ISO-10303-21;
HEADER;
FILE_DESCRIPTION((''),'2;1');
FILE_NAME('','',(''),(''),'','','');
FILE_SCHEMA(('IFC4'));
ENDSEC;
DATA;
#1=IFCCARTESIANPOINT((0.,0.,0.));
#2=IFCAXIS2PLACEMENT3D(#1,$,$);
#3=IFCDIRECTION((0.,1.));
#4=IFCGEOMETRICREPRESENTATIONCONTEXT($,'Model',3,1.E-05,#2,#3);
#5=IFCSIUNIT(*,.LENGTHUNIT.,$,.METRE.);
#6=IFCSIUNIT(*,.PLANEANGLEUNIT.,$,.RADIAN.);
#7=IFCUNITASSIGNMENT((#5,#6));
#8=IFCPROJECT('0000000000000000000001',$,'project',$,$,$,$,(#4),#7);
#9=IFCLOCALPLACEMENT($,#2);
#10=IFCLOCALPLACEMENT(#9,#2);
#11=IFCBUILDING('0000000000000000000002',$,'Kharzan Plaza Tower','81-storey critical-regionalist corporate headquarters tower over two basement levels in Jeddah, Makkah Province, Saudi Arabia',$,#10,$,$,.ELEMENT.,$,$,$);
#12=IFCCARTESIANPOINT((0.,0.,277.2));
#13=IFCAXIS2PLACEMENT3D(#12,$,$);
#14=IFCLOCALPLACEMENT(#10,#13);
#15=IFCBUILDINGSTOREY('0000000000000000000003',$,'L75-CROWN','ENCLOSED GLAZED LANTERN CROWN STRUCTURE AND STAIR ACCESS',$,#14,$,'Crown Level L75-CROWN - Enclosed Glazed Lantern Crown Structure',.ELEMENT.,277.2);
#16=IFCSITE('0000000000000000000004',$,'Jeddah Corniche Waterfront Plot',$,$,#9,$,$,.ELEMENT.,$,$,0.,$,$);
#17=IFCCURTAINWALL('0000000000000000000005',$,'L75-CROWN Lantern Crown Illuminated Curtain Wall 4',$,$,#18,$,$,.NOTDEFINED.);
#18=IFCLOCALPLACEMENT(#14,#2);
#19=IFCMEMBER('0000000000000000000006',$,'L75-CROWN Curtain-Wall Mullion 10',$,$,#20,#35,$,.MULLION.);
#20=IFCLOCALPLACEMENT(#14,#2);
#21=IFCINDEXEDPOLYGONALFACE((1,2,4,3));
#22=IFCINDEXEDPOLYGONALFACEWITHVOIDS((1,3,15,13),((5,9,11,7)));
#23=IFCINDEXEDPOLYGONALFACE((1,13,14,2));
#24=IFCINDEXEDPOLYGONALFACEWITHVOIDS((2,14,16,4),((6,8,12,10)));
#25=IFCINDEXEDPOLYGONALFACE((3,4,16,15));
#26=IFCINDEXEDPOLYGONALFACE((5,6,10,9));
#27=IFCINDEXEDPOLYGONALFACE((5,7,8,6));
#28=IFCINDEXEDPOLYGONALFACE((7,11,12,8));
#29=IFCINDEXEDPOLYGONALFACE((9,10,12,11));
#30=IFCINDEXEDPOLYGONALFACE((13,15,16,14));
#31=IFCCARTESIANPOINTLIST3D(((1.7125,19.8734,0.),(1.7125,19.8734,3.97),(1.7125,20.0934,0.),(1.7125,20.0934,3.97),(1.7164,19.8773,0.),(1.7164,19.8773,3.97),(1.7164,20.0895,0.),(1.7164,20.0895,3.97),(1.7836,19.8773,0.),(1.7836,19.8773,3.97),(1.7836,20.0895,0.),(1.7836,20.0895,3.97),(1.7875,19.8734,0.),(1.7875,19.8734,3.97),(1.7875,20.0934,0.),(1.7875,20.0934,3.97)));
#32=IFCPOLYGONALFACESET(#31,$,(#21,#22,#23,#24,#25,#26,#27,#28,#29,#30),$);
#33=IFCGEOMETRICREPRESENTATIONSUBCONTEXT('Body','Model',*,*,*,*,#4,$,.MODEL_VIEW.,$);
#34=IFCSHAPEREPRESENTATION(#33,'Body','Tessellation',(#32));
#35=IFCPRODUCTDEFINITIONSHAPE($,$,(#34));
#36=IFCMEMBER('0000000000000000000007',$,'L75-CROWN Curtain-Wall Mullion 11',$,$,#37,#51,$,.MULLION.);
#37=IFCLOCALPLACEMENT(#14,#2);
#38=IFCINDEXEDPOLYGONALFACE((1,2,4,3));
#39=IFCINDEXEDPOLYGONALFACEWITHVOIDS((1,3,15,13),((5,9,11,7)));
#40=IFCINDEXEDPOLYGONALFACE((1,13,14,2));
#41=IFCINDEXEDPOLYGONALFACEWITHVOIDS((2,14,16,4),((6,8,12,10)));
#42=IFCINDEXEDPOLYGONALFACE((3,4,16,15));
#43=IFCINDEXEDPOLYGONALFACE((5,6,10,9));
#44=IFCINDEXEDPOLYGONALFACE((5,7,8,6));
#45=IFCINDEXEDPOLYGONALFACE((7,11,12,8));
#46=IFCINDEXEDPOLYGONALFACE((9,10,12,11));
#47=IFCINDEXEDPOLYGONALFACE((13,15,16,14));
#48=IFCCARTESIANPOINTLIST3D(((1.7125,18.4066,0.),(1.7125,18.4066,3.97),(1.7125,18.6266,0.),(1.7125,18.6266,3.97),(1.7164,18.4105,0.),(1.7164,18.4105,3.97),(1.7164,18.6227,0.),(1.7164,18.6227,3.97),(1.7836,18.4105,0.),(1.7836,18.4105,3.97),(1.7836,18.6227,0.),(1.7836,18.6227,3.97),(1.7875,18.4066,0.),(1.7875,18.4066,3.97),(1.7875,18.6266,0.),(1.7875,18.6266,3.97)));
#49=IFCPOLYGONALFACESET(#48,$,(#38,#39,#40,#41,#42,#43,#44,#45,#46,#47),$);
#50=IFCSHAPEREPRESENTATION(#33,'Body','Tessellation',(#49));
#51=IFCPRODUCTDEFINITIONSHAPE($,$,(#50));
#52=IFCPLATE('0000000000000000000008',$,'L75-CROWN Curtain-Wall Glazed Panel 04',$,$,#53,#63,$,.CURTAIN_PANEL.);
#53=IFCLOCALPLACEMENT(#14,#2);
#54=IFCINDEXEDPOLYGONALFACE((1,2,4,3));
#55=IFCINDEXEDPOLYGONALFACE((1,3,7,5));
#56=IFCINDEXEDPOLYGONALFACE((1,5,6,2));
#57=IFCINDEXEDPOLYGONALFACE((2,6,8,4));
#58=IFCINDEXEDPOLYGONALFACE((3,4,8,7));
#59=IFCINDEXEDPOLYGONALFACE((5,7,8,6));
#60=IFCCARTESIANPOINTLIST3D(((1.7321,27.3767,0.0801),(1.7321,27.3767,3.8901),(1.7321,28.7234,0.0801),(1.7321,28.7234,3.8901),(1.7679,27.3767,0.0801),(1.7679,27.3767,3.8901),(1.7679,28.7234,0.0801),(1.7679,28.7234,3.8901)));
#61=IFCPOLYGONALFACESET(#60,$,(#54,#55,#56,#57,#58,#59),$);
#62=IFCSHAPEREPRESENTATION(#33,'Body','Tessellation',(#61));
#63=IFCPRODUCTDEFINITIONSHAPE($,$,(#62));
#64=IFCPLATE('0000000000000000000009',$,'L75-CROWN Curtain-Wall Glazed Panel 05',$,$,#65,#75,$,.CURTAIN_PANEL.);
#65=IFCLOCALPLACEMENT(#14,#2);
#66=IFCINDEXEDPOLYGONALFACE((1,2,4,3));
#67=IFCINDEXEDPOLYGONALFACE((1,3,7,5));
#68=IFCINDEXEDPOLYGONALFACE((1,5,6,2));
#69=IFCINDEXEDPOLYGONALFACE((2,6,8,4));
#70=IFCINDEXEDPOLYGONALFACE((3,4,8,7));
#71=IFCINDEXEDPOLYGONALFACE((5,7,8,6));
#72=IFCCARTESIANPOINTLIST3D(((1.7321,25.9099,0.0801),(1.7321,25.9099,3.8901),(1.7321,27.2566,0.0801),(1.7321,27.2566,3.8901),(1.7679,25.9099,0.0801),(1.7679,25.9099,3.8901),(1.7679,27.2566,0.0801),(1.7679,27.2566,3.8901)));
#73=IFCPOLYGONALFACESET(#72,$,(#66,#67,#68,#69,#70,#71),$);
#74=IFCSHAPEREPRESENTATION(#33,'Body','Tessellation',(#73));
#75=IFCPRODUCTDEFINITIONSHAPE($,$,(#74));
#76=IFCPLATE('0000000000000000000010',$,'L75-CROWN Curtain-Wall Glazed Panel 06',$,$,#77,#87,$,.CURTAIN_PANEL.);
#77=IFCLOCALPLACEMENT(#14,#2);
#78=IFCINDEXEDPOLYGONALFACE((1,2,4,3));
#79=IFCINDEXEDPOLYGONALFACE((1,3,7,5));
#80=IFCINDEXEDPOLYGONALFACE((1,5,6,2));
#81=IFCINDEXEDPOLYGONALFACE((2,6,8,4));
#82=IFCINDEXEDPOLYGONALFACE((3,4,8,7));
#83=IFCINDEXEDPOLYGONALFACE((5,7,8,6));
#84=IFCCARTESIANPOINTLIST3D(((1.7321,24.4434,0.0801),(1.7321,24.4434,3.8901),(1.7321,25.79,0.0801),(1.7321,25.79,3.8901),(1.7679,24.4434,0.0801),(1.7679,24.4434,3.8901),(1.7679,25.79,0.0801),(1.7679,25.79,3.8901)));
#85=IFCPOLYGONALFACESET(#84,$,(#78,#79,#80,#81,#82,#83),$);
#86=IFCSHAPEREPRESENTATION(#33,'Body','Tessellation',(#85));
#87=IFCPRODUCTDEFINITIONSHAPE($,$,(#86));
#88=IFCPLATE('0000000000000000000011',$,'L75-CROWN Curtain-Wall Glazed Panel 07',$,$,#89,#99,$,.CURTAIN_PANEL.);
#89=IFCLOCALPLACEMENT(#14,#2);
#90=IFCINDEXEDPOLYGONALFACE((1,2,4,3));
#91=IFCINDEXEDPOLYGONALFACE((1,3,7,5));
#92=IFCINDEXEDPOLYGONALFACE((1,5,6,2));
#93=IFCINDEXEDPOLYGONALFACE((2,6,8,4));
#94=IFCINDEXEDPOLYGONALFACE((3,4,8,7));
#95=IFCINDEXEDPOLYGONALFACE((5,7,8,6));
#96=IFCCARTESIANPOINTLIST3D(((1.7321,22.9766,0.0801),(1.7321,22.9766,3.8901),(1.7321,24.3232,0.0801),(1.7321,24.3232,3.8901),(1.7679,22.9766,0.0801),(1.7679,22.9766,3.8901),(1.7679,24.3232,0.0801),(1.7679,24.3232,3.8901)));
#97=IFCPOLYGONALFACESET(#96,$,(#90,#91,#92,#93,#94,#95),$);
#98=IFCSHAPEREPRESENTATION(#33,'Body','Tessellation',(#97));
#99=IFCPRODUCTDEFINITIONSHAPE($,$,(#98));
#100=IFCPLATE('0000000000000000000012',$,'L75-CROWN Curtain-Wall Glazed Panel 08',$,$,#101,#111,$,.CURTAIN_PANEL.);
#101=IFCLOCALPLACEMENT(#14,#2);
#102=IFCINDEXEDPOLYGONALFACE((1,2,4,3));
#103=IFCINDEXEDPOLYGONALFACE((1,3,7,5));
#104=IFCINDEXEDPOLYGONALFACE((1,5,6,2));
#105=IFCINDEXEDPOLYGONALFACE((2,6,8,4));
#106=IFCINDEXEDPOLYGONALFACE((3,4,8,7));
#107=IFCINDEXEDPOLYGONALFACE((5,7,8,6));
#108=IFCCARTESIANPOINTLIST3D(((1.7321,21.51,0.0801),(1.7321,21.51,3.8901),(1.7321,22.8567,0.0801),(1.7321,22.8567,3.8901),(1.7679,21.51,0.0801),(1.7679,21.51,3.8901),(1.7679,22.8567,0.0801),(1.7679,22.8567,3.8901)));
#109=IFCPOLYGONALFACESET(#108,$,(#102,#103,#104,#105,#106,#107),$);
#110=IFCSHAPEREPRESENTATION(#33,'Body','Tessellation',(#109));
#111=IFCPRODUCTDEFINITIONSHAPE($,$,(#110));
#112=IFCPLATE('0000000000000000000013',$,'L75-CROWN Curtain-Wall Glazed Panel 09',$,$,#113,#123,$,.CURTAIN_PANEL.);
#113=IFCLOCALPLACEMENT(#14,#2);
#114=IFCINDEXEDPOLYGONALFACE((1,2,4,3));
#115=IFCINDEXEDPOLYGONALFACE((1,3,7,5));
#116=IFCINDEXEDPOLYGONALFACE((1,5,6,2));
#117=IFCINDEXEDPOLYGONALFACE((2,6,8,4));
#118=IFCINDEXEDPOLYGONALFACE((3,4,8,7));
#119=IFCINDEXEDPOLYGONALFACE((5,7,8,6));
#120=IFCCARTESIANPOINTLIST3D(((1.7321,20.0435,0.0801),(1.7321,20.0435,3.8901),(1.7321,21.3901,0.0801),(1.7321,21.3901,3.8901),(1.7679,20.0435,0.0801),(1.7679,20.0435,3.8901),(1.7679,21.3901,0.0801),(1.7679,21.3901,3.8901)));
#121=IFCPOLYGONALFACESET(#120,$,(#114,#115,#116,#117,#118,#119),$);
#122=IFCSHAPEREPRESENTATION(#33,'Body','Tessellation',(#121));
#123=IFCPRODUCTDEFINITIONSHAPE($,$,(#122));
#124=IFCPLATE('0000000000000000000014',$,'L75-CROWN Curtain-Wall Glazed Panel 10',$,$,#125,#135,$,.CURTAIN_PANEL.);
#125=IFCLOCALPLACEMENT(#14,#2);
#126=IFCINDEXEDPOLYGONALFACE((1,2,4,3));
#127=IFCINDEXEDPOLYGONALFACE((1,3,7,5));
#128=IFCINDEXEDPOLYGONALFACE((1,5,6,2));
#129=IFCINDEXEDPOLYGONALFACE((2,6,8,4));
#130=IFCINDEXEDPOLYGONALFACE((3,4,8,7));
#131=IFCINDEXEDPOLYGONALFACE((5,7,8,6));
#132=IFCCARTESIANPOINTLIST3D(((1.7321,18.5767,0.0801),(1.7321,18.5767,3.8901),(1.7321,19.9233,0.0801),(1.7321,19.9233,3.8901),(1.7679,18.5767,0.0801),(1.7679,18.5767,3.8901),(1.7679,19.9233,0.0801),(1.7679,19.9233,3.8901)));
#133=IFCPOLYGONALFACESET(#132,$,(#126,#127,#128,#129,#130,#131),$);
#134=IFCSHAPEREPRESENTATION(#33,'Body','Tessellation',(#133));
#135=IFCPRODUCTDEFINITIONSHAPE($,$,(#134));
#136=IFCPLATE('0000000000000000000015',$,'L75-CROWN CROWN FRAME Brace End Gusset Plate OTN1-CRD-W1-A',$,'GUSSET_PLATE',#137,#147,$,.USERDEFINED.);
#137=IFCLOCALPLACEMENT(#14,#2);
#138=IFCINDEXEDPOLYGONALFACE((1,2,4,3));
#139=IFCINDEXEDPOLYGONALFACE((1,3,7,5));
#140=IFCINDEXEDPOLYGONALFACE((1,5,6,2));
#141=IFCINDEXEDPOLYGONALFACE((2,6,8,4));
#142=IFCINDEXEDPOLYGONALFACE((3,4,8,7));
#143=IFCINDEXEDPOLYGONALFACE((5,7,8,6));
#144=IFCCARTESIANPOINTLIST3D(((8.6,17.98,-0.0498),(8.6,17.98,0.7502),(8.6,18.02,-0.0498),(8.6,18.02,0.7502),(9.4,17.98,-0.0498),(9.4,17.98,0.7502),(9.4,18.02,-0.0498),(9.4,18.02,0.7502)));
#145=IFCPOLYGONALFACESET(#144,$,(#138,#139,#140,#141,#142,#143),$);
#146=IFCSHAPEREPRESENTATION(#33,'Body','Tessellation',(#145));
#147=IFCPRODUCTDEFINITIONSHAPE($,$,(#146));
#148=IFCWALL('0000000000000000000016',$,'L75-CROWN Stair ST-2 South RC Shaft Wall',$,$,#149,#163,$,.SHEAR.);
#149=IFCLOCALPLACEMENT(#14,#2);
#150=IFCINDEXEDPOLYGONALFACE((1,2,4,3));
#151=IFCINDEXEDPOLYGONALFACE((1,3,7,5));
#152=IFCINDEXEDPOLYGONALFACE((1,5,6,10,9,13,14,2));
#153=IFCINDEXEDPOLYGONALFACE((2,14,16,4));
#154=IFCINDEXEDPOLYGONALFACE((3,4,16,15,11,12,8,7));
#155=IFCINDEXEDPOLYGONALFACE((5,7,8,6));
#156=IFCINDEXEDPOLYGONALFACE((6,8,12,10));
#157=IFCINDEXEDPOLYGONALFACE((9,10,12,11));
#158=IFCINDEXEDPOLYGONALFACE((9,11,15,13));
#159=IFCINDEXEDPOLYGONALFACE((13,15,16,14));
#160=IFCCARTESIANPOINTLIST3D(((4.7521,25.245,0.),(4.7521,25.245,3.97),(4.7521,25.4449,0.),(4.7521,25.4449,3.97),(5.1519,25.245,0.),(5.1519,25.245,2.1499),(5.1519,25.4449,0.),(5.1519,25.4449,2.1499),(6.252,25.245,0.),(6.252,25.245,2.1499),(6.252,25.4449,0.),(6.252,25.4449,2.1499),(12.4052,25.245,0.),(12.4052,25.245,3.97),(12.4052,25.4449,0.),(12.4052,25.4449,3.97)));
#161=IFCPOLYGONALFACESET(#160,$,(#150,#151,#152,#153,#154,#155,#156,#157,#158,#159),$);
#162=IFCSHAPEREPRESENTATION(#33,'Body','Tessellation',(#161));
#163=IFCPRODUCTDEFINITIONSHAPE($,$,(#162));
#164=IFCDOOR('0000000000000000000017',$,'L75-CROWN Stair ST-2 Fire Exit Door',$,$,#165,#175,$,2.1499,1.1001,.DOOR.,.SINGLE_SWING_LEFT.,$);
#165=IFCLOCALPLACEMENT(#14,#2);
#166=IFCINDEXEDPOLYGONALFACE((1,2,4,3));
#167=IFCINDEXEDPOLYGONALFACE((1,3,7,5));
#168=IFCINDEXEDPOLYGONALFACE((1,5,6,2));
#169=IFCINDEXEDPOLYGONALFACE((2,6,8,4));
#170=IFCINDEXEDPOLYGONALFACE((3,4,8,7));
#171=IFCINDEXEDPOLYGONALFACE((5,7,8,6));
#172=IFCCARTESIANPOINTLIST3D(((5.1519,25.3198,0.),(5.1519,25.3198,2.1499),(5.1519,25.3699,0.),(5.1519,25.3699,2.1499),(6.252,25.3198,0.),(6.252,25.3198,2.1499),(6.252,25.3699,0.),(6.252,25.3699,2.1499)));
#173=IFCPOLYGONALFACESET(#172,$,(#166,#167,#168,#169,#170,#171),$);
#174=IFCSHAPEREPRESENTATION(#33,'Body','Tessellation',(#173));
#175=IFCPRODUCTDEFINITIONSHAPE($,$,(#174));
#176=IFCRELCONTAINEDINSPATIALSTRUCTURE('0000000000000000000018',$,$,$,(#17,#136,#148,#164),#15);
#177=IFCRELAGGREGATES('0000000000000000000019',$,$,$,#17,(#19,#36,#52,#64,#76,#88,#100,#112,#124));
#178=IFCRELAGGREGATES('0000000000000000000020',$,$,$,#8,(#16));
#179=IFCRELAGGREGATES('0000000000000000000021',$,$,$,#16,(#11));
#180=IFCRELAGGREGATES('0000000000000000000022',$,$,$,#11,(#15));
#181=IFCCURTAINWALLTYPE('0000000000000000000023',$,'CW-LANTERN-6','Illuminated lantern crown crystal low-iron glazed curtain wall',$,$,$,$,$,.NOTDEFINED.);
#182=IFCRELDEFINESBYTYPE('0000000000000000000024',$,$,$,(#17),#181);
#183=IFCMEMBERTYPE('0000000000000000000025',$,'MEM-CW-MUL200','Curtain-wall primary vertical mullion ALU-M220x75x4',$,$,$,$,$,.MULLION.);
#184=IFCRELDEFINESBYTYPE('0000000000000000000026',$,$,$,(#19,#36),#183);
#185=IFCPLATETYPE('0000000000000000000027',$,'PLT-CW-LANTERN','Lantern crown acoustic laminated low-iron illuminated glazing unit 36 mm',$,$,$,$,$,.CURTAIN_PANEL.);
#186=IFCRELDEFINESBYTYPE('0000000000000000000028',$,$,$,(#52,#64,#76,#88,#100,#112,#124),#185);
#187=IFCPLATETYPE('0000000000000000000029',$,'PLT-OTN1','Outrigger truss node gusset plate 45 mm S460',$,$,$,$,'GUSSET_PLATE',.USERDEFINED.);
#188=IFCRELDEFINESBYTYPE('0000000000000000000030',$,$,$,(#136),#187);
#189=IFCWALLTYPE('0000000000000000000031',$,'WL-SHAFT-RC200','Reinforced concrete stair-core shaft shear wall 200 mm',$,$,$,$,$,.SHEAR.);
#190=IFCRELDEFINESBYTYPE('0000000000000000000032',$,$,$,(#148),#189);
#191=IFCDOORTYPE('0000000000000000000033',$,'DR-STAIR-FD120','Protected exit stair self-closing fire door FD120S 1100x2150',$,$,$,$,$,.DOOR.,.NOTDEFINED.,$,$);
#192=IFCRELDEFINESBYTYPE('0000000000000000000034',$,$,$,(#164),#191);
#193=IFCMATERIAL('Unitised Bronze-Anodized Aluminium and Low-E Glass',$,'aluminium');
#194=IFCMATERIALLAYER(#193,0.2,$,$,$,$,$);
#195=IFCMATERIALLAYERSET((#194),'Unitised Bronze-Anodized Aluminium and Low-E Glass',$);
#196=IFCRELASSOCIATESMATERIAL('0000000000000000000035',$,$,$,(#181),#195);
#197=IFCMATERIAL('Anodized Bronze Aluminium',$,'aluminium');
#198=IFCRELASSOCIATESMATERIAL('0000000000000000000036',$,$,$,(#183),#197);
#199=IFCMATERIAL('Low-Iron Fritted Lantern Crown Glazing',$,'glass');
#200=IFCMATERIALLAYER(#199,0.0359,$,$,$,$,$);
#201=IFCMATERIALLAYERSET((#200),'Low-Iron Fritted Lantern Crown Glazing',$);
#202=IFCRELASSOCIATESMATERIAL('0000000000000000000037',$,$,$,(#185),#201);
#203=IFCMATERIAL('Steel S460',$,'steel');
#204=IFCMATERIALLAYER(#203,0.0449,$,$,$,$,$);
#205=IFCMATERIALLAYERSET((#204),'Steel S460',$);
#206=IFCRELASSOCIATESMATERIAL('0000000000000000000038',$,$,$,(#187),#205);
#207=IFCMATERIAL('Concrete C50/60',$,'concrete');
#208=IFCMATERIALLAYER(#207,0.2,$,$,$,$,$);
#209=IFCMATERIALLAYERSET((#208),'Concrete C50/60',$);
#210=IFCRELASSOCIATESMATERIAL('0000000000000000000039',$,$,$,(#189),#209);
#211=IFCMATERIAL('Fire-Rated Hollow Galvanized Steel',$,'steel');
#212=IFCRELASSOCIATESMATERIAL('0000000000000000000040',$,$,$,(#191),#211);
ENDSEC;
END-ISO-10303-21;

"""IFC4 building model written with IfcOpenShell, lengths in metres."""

from ifc_helpers import new_model, si_unit, direction, frame, frame_2d, origin, origin_2d, place, context, subcontext, project, spatial, rectangle, hollow_rectangle, extrude, source, transform, mapped, material, layer, layer_set, material_profile, profile_set, type_object, element, fill, aggregate, save


model = new_model("IFC4")

# Units and contexts
model_context = context("Model", 3, precision=1e-05, world=origin(), true_north=direction((0.0, 1.0)))
body_context = subcontext(model_context, "Body", "Model", "MODEL_VIEW")
ifc_project = project(units=[si_unit("LENGTHUNIT", "METRE"), si_unit("PLANEANGLEUNIT", "RADIAN")], contexts=[model_context])

# Site, building, storey
site_placement = place(None, origin())
site = spatial("IfcSite", under=ifc_project, at=site_placement, Name="Jeddah Corniche Waterfront Plot", CompositionType="ELEMENT", RefElevation=0.0)
building_placement = place(site_placement, origin())
building = spatial("IfcBuilding", under=site, at=building_placement, Name="Kharzan Plaza Tower", Description="81-storey critical-regionalist corporate headquarters tower over two basement levels in Jeddah, Makkah Province, Saudi Arabia", CompositionType="ELEMENT")
storey_placement = place(building_placement, frame((0.0, 0.0, 277.2)))
storey = spatial("IfcBuildingStorey", under=building, at=storey_placement, Name="L75-CROWN", Description="ENCLOSED GLAZED LANTERN CROWN STRUCTURE AND STAIR ACCESS", LongName="Crown Level L75-CROWN - Enclosed Glazed Lantern Crown Structure", CompositionType="ELEMENT", Elevation=277.2)

# Curtain wall, members, plates
ifc_material_1 = material(Name="Unitised Bronze-Anodized Aluminium and Low-E Glass", Category="aluminium")
ifc_layer_1 = layer(ifc_material_1, 0.2)
ifc_layer_set_1 = layer_set([ifc_layer_1], Name="Unitised Bronze-Anodized Aluminium and Low-E Glass")
curtain_wall_type = type_object("IfcCurtainWallType", Name="CW-LANTERN-6", Description="Illuminated lantern crown crystal low-iron glazed curtain wall", PredefinedType="NOTDEFINED", material=ifc_layer_set_1)
curtain_wall_placement = place(storey_placement, origin())
curtain_wall = element("IfcCurtainWall", 1, at=curtain_wall_placement, inside=storey, type_object=curtain_wall_type, Name="L75-CROWN Lantern Crown Illuminated Curtain Wall 4", PredefinedType="NOTDEFINED")
ifc_material_2 = material(Name="Anodized Bronze Aluminium", Category="aluminium")
ifc_material_profile_1 = material_profile(ifc_material_2, hollow_rectangle(XDim=0.075, YDim=0.22, WallThickness=0.0039, at=origin_2d()), Name="ALU-M220x75x4")
ifc_profile_set_1 = profile_set([ifc_material_profile_1], Name="Anodized Bronze Aluminium")
member_type_1 = type_object("IfcMemberType", Name="MEM-CW-MUL200", Description="Curtain-wall primary vertical mullion ALU-M220x75x4", PredefinedType="MULLION", material=ifc_profile_set_1)
shared_shape_1 = source(origin(), body_context, "Body", "SweptSolid", [
    extrude(hollow_rectangle(XDim=0.075, YDim=0.22, WallThickness=0.0039, at=origin_2d()), origin(), (0.0, 0.0, 1.0), 3.97),
])
member_1_placement = place(storey_placement, frame((1.75, 19.9834, 0.0), z_axis=(0.0, 0.0, 1.0), x_axis=(1.0, 0.0, 0.0)))
member_1 = element("IfcMember", 2, at=member_1_placement, type_object=member_type_1, Name="L75-CROWN Curtain-Wall Mullion 10", PredefinedType="MULLION", context=body_context, shape_type="MappedRepresentation", body=[
    mapped(shared_shape_1, transform((0.0, 0.0, 0.0), x_axis=(1.0, 0.0, 0.0), y_axis=(0.0, 1.0, 0.0), z_axis=(0.0, 0.0, 1.0))),
])
member_2_placement = place(storey_placement, frame((1.75, 18.5166, 0.0), z_axis=(0.0, 0.0, 1.0), x_axis=(1.0, 0.0, 0.0)))
member_2 = element("IfcMember", 3, at=member_2_placement, type_object=member_type_1, Name="L75-CROWN Curtain-Wall Mullion 11", PredefinedType="MULLION", context=body_context, shape_type="MappedRepresentation", body=[
    mapped(shared_shape_1, transform((0.0, 0.0, 0.0), x_axis=(1.0, 0.0, 0.0), y_axis=(0.0, 1.0, 0.0), z_axis=(0.0, 0.0, 1.0))),
])
ifc_material_3 = material(Name="Low-Iron Fritted Lantern Crown Glazing", Category="glass")
ifc_layer_2 = layer(ifc_material_3, 0.0359)
ifc_layer_set_2 = layer_set([ifc_layer_2], Name="Low-Iron Fritted Lantern Crown Glazing")
plate_type_1 = type_object("IfcPlateType", Name="PLT-CW-LANTERN", Description="Lantern crown acoustic laminated low-iron illuminated glazing unit 36 mm", PredefinedType="CURTAIN_PANEL", material=ifc_layer_set_2)
shared_shape_2 = source(origin(), body_context, "Body", "SweptSolid", [
    extrude(rectangle(XDim=1.3467, YDim=0.0359, at=origin_2d()), origin(), (0.0, 0.0, 1.0), 3.8101),
])
plate_1_placement = place(storey_placement, frame((1.75, 28.05, 0.0801), z_axis=(0.0, 0.0, 1.0), x_axis=(0.0, -1.0, 0.0)))
plate_1 = element("IfcPlate", 4, at=plate_1_placement, type_object=plate_type_1, Name="L75-CROWN Curtain-Wall Glazed Panel 04", PredefinedType="CURTAIN_PANEL", context=body_context, shape_type="MappedRepresentation", body=[
    mapped(shared_shape_2, transform((0.0, 0.0, 0.0), x_axis=(1.0, 0.0, 0.0), y_axis=(0.0, 1.0, 0.0), z_axis=(0.0, 0.0, 1.0))),
])
plate_2_placement = place(storey_placement, frame((1.75, 26.5833, 0.0801), z_axis=(0.0, 0.0, 1.0), x_axis=(0.0, -1.0, 0.0)))
plate_2 = element("IfcPlate", 5, at=plate_2_placement, type_object=plate_type_1, Name="L75-CROWN Curtain-Wall Glazed Panel 05", PredefinedType="CURTAIN_PANEL", context=body_context, shape_type="MappedRepresentation", body=[
    mapped(shared_shape_2, transform((0.0, 0.0, 0.0), x_axis=(1.0, 0.0, 0.0), y_axis=(0.0, 1.0, 0.0), z_axis=(0.0, 0.0, 1.0))),
])
plate_3_placement = place(storey_placement, frame((1.75, 25.1167, 0.0801), z_axis=(0.0, 0.0, 1.0), x_axis=(0.0, -1.0, 0.0)))
plate_3 = element("IfcPlate", 6, at=plate_3_placement, type_object=plate_type_1, Name="L75-CROWN Curtain-Wall Glazed Panel 06", PredefinedType="CURTAIN_PANEL", context=body_context, shape_type="MappedRepresentation", body=[
    mapped(shared_shape_2, transform((0.0, 0.0, 0.0), x_axis=(1.0, 0.0, 0.0), y_axis=(0.0, 1.0, 0.0), z_axis=(0.0, 0.0, 1.0))),
])
plate_4_placement = place(storey_placement, frame((1.75, 23.6499, 0.0801), z_axis=(0.0, 0.0, 1.0), x_axis=(0.0, -1.0, 0.0)))
plate_4 = element("IfcPlate", 7, at=plate_4_placement, type_object=plate_type_1, Name="L75-CROWN Curtain-Wall Glazed Panel 07", PredefinedType="CURTAIN_PANEL", context=body_context, shape_type="MappedRepresentation", body=[
    mapped(shared_shape_2, transform((0.0, 0.0, 0.0), x_axis=(1.0, 0.0, 0.0), y_axis=(0.0, 1.0, 0.0), z_axis=(0.0, 0.0, 1.0))),
])
plate_5_placement = place(storey_placement, frame((1.75, 22.1833, 0.0801), z_axis=(0.0, 0.0, 1.0), x_axis=(0.0, -1.0, 0.0)))
plate_5 = element("IfcPlate", 8, at=plate_5_placement, type_object=plate_type_1, Name="L75-CROWN Curtain-Wall Glazed Panel 08", PredefinedType="CURTAIN_PANEL", context=body_context, shape_type="MappedRepresentation", body=[
    mapped(shared_shape_2, transform((0.0, 0.0, 0.0), x_axis=(1.0, 0.0, 0.0), y_axis=(0.0, 1.0, 0.0), z_axis=(0.0, 0.0, 1.0))),
])
plate_6_placement = place(storey_placement, frame((1.75, 20.7168, 0.0801), z_axis=(0.0, 0.0, 1.0), x_axis=(0.0, -1.0, 0.0)))
plate_6 = element("IfcPlate", 9, at=plate_6_placement, type_object=plate_type_1, Name="L75-CROWN Curtain-Wall Glazed Panel 09", PredefinedType="CURTAIN_PANEL", context=body_context, shape_type="MappedRepresentation", body=[
    mapped(shared_shape_2, transform((0.0, 0.0, 0.0), x_axis=(1.0, 0.0, 0.0), y_axis=(0.0, 1.0, 0.0), z_axis=(0.0, 0.0, 1.0))),
])
plate_7_placement = place(storey_placement, frame((1.75, 19.25, 0.0801), z_axis=(0.0, 0.0, 1.0), x_axis=(0.0, -1.0, 0.0)))
plate_7 = element("IfcPlate", 10, at=plate_7_placement, type_object=plate_type_1, Name="L75-CROWN Curtain-Wall Glazed Panel 10", PredefinedType="CURTAIN_PANEL", context=body_context, shape_type="MappedRepresentation", body=[
    mapped(shared_shape_2, transform((0.0, 0.0, 0.0), x_axis=(1.0, 0.0, 0.0), y_axis=(0.0, 1.0, 0.0), z_axis=(0.0, 0.0, 1.0))),
])
aggregate(curtain_wall, [member_1, member_2, plate_1, plate_2, plate_3, plate_4, plate_5, plate_6, plate_7])

# Plate
ifc_material_4 = material(Name="Steel S460", Category="steel")
ifc_layer_3 = layer(ifc_material_4, 0.0449)
ifc_layer_set_3 = layer_set([ifc_layer_3], Name="Steel S460")
plate_type_2 = type_object("IfcPlateType", Name="PLT-OTN1", Description="Outrigger truss node gusset plate 45 mm S460", ElementType="GUSSET_PLATE", PredefinedType="USERDEFINED", material=ifc_layer_set_3)
shared_shape_3 = source(origin(), body_context, "Body", "SweptSolid", [
    extrude(rectangle(XDim=0.8, YDim=0.04, at=origin_2d()), origin(), (0.0, 0.0, 1.0), 0.8),
])
plate_8_placement = place(storey_placement, frame((9.0, 18.0, -0.0498), z_axis=(0.0, 0.0, 1.0), x_axis=(1.0, 0.0, 0.0)))
element("IfcPlate", 11, at=plate_8_placement, inside=storey, type_object=plate_type_2, Name="L75-CROWN CROWN FRAME Brace End Gusset Plate OTN1-CRD-W1-A", ObjectType="GUSSET_PLATE", PredefinedType="USERDEFINED", context=body_context, shape_type="MappedRepresentation", body=[
    mapped(shared_shape_3, transform((0.0, 0.0, 0.0), x_axis=(1.0, 0.0, 0.0), y_axis=(0.0, 1.0, 0.0), z_axis=(0.0, 0.0, 1.0))),
])

# Wall, opening, door
ifc_material_5 = material(Name="Concrete C50/60", Category="concrete")
ifc_layer_4 = layer(ifc_material_5, 0.2)
ifc_layer_set_4 = layer_set([ifc_layer_4], Name="Concrete C50/60")
wall_type_1 = type_object("IfcWallType", Name="WL-SHAFT-RC200", Description="Reinforced concrete stair-core shaft shear wall 200 mm", PredefinedType="SHEAR", material=ifc_layer_set_4)
wall_1_placement = place(storey_placement, frame((4.752, 25.345, 0.0), z_axis=(0.0, 0.0, 1.0), x_axis=(1.0, 0.0, 0.0)))
wall_1 = element("IfcWall", 12, at=wall_1_placement, inside=storey, type_object=wall_type_1, Name="L75-CROWN Stair ST-2 South RC Shaft Wall", PredefinedType="SHEAR", context=body_context, shape_type="SweptSolid", body=[
    extrude(rectangle(XDim=7.6531, YDim=0.2, at=frame_2d((3.8267, 0.0))), origin(), (0.0, 0.0, 1.0), 3.97),
])
opening_placement = place(wall_1_placement, frame((0.3999, 0.0, 0.0)))
opening = element("IfcOpeningElement", 13, at=opening_placement, cuts=wall_1, PredefinedType="OPENING", context=body_context, shape_type="SweptSolid", body=[
    extrude(rectangle(XDim=1.1001, YDim=2.1499, at=frame_2d((0.55, 1.075))), frame((0.0, 0.1099, 0.0), z_axis=(0.0, -1.0, 0.0), x_axis=(1.0, 0.0, 0.0)), (0.0, 0.0, 1.0), 0.22),
])
ifc_material_6 = material(Name="Fire-Rated Hollow Galvanized Steel", Category="steel")
door_type = type_object("IfcDoorType", Name="DR-STAIR-FD120", Description="Protected exit stair self-closing fire door FD120S 1100x2150", OperationType="NOTDEFINED", PredefinedType="DOOR", material=ifc_material_6)
shared_shape_4 = source(origin(), body_context, "Body", "SweptSolid", [
    extrude(rectangle(XDim=1.1001, YDim=2.1499, at=frame_2d((0.55, 1.075))), frame((0.0, 0.0249, 0.0), z_axis=(0.0, -1.0, 0.0), x_axis=(1.0, 0.0, 0.0)), (0.0, 0.0, 1.0), 0.05),
])
door_placement = place(opening_placement, origin())
door = element("IfcDoor", 14, at=door_placement, inside=storey, type_object=door_type, Name="L75-CROWN Stair ST-2 Fire Exit Door", OperationType="SINGLE_SWING_LEFT", OverallHeight=2.1499, OverallWidth=1.1001, PredefinedType="DOOR", context=body_context, shape_type="MappedRepresentation", body=[
    mapped(shared_shape_4, transform((0.0, 0.0, 0.0), x_axis=(1.0, 0.0, 0.0), y_axis=(0.0, 1.0, 0.0), z_axis=(0.0, 0.0, 1.0))),
])
fill(opening, door)

save(model, "model.ifc")
